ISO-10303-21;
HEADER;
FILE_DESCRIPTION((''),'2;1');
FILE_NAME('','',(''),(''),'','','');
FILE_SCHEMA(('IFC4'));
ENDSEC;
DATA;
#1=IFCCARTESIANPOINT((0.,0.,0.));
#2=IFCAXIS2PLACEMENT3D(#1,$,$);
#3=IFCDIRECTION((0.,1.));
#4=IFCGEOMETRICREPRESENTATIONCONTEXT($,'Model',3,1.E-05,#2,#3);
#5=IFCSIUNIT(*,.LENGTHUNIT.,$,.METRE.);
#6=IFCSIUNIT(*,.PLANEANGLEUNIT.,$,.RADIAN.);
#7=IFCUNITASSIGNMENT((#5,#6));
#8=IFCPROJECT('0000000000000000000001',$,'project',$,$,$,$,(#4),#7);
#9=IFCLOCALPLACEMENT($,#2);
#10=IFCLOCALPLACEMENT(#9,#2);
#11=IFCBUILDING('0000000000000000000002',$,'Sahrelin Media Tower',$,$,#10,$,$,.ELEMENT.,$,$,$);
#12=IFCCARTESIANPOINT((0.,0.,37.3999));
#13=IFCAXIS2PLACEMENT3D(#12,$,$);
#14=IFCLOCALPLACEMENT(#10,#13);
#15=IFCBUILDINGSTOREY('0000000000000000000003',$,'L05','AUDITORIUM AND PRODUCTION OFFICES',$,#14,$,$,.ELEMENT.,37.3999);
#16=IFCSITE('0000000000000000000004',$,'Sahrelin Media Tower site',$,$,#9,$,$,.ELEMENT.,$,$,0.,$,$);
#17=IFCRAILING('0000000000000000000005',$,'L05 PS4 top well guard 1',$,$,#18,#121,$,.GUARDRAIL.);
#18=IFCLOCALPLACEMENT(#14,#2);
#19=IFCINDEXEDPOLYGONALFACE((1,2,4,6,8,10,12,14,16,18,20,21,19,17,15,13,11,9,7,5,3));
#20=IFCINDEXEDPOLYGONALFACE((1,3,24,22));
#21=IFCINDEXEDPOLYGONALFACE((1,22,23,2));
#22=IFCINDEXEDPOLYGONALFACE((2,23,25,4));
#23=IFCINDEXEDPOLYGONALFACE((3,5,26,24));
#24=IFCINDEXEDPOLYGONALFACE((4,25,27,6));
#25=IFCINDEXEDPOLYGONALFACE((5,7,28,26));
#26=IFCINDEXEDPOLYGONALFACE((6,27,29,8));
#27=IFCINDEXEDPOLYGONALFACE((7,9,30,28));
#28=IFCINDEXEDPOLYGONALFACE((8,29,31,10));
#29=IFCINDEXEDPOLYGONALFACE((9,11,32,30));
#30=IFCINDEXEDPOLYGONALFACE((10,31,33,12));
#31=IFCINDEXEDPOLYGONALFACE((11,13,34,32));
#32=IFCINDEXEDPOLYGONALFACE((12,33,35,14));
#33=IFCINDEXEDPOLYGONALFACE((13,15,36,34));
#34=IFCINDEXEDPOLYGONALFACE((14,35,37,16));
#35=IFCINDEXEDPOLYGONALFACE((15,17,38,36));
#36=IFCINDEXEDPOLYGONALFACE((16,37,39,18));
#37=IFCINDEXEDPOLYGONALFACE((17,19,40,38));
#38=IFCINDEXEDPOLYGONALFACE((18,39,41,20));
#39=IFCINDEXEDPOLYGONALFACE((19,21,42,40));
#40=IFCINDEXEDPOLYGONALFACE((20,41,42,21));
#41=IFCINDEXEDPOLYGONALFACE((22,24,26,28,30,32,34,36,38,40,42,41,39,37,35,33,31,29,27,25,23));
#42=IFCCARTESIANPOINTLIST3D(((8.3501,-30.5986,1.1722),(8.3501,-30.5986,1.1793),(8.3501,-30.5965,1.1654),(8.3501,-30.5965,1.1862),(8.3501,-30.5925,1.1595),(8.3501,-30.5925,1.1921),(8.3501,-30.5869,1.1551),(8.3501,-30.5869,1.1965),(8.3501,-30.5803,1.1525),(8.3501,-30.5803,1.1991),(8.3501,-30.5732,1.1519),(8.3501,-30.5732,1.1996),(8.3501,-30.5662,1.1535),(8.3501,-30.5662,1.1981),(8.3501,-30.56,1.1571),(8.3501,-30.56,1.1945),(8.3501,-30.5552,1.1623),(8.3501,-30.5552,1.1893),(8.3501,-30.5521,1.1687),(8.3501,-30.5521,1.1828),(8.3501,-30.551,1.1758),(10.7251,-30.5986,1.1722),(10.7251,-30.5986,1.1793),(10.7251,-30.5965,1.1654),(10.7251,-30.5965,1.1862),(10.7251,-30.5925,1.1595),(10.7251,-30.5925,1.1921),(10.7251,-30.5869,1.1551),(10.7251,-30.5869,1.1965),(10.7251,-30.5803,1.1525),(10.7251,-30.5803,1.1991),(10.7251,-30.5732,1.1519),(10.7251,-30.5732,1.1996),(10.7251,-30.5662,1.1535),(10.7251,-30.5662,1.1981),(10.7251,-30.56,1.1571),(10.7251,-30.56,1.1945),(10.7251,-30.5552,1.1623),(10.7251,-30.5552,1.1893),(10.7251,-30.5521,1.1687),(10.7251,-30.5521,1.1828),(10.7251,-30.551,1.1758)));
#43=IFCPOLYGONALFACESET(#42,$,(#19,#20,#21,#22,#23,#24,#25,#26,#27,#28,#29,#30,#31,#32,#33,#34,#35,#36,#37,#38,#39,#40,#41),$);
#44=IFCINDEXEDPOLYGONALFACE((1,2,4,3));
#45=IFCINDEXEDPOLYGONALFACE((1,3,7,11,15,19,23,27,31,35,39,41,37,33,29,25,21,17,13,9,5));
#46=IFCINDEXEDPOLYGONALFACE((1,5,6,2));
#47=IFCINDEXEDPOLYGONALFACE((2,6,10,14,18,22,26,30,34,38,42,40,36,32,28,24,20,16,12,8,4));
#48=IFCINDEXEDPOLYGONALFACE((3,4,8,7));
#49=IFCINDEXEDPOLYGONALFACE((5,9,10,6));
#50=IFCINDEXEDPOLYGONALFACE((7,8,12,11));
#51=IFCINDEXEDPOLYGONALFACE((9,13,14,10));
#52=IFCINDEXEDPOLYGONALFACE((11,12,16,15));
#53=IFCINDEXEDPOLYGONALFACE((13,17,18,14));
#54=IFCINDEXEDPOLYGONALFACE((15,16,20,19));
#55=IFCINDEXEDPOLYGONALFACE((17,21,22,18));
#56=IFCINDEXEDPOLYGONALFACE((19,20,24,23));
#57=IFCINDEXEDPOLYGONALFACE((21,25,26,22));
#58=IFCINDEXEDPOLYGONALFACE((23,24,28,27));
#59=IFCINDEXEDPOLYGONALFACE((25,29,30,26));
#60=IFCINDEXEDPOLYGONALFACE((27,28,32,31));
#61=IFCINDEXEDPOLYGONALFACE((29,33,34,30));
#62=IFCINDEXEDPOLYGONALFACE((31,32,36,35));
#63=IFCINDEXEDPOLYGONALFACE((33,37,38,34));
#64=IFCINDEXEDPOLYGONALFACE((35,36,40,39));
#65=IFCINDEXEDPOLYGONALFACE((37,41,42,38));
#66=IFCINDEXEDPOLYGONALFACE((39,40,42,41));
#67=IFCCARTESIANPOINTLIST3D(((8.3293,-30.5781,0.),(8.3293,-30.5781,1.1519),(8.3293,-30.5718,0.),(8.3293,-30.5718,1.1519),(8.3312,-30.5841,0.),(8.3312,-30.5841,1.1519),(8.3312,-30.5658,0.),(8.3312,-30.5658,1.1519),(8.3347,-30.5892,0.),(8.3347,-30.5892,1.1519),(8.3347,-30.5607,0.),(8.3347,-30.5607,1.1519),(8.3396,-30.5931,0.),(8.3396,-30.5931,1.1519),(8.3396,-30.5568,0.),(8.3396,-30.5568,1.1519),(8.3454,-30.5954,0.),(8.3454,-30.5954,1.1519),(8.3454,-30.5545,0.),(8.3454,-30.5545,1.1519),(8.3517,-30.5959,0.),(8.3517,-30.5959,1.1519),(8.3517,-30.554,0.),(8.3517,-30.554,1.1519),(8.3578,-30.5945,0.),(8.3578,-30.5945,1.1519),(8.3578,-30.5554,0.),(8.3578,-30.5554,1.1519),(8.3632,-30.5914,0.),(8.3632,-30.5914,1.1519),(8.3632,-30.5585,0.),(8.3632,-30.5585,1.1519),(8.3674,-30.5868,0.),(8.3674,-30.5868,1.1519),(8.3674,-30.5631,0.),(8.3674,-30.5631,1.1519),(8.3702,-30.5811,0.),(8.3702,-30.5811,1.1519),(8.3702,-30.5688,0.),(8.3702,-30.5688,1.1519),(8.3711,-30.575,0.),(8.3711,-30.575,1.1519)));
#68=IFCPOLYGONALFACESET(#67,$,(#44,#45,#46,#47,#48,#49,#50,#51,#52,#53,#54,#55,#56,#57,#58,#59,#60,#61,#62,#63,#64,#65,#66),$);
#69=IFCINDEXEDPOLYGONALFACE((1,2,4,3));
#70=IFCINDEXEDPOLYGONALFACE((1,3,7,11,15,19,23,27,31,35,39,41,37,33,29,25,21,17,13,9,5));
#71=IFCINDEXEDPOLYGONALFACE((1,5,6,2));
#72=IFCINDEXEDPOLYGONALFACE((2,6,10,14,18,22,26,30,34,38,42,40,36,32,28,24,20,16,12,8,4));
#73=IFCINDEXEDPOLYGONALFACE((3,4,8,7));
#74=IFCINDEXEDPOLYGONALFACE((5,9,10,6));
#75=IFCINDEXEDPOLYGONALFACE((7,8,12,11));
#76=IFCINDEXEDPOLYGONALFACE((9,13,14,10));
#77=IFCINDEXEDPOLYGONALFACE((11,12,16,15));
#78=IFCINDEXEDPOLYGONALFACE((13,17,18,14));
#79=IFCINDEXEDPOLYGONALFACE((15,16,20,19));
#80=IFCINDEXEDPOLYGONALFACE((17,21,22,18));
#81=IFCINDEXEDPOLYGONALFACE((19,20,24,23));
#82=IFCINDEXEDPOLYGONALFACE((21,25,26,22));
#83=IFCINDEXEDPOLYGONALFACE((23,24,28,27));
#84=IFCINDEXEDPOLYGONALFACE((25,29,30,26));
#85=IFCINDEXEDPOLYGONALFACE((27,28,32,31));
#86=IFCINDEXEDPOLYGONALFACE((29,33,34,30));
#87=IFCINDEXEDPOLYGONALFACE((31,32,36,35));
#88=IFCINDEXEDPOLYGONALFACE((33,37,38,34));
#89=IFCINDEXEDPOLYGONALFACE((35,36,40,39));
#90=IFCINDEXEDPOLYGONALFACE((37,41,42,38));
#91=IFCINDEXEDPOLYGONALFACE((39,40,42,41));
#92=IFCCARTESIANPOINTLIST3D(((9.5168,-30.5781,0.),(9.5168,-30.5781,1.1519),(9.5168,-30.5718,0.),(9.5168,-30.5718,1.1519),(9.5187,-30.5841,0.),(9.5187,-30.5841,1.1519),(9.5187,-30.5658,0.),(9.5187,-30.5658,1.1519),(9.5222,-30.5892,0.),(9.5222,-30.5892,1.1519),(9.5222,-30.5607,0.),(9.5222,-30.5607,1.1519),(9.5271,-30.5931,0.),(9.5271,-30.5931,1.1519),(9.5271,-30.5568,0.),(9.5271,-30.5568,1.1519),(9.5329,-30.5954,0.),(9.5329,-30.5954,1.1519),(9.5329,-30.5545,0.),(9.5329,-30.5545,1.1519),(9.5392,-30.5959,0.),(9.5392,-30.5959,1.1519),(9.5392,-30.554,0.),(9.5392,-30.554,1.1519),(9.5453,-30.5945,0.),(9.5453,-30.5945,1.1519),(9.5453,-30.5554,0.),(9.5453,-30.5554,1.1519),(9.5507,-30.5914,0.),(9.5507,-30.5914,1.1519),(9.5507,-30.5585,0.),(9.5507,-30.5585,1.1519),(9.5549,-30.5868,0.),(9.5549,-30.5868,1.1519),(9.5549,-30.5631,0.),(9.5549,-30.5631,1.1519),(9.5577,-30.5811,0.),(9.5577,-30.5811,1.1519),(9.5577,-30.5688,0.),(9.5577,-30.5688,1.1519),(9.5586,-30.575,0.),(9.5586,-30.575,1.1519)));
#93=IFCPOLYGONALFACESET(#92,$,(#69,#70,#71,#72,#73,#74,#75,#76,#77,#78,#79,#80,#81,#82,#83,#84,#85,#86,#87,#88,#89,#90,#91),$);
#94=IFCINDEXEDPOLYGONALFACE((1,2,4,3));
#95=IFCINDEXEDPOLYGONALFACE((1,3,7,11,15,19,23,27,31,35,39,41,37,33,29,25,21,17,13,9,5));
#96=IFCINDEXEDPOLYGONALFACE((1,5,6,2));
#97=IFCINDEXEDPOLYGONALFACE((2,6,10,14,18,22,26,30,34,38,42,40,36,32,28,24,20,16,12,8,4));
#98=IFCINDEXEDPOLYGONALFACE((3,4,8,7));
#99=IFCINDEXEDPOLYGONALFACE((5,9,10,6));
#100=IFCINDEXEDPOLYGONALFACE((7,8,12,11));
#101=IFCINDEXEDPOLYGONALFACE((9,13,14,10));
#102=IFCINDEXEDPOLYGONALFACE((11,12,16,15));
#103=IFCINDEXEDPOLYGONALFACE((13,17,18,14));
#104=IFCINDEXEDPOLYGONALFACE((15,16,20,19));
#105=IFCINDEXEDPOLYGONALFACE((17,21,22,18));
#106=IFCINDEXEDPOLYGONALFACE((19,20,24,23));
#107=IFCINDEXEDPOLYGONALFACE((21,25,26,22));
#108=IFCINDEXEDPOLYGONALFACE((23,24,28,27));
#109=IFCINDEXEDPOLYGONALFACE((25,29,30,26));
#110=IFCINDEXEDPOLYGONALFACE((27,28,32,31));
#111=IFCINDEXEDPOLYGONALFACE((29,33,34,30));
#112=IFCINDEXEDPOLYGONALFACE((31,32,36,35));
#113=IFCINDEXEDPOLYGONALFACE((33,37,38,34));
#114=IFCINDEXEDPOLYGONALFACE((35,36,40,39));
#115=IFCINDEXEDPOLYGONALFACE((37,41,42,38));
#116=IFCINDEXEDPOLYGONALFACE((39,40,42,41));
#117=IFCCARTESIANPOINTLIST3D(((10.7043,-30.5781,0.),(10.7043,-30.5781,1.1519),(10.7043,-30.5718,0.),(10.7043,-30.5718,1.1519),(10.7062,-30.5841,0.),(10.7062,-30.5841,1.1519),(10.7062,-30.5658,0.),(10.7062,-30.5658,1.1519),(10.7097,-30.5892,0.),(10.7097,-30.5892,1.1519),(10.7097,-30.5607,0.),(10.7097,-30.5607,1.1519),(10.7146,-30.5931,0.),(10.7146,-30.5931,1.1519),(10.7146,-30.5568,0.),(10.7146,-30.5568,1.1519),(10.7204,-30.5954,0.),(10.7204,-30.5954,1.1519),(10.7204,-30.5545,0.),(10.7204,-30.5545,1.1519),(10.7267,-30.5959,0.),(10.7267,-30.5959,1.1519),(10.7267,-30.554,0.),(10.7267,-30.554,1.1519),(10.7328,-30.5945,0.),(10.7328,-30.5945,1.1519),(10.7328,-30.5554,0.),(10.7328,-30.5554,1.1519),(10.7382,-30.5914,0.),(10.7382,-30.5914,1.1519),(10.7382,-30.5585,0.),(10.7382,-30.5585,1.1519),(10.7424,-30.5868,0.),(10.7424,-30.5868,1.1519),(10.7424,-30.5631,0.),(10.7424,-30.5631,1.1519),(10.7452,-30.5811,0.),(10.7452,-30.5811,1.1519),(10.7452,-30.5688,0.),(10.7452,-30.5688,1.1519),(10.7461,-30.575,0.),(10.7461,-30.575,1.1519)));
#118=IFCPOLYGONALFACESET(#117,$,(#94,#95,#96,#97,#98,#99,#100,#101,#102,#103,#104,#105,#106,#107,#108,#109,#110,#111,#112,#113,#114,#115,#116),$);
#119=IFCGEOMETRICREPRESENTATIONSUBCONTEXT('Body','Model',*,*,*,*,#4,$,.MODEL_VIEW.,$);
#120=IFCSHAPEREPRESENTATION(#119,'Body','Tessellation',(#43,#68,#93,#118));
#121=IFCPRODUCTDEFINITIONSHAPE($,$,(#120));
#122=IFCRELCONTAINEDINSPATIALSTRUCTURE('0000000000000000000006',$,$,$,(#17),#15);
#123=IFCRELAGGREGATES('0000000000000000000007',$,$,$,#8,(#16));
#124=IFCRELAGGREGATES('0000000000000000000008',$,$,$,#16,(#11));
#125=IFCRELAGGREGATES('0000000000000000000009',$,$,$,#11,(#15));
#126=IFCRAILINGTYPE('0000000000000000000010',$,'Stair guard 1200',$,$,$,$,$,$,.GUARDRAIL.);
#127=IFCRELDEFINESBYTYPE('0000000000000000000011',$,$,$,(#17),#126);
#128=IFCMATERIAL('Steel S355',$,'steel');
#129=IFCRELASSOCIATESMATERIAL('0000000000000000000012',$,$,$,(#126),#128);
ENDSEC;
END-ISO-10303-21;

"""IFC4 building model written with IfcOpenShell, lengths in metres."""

from ifc_helpers import new_model, si_unit, direction, frame, origin, origin_2d, place, context, subcontext, project, spatial, circle, extrude, material, type_object, element, save


model = new_model("IFC4")

# Units and contexts
model_context = context("Model", 3, precision=1e-05, world=origin(), true_north=direction((0.0, 1.0)))
body_context = subcontext(model_context, "Body", "Model", "MODEL_VIEW")
ifc_project = project(units=[si_unit("LENGTHUNIT", "METRE"), si_unit("PLANEANGLEUNIT", "RADIAN")], contexts=[model_context])

# Site, building, storey
site_placement = place(None, origin())
site = spatial("IfcSite", under=ifc_project, at=site_placement, Name="Sahrelin Media Tower site", CompositionType="ELEMENT", RefElevation=0.0)
building_placement = place(site_placement, origin())
building = spatial("IfcBuilding", under=site, at=building_placement, Name="Sahrelin Media Tower", CompositionType="ELEMENT")
storey_placement = place(building_placement, frame((0.0, 0.0, 37.3999)))
storey = spatial("IfcBuildingStorey", under=building, at=storey_placement, Name="L05", Description="AUDITORIUM AND PRODUCTION OFFICES", CompositionType="ELEMENT", Elevation=37.3999)

# Shared definitions
ifc_material_1 = material(Name="Steel S355", Category="steel")

# Railing
railing_type = type_object("IfcRailingType", Name="Stair guard 1200", PredefinedType="GUARDRAIL", material=ifc_material_1)
railing_placement = place(storey_placement, frame((8.3501, -30.575, 0.0)))
element("IfcRailing", 1, at=railing_placement, inside=storey, type_object=railing_type, Name="L05 PS4 top well guard 1", PredefinedType="GUARDRAIL", context=body_context, shape_type="SweptSolid", body=[
    extrude(circle(Radius=0.0239, at=origin_2d()), frame((0.0, 0.0, 1.1758), z_axis=(1.0, 0.0, 0.0), x_axis=(0.0, 1.0, 0.0)), (0.0, 0.0, 1.0), 2.375),
    extrude(circle(Radius=0.021, at=origin_2d()), origin(), (0.0, 0.0, 1.0), 1.1519),
    extrude(circle(Radius=0.021, at=origin_2d()), frame((1.1875, 0.0, 0.0)), (0.0, 0.0, 1.0), 1.1519),
    extrude(circle(Radius=0.021, at=origin_2d()), frame((2.375, 0.0, 0.0)), (0.0, 0.0, 1.0), 1.1519),
])

save(model, "model.ifc")
